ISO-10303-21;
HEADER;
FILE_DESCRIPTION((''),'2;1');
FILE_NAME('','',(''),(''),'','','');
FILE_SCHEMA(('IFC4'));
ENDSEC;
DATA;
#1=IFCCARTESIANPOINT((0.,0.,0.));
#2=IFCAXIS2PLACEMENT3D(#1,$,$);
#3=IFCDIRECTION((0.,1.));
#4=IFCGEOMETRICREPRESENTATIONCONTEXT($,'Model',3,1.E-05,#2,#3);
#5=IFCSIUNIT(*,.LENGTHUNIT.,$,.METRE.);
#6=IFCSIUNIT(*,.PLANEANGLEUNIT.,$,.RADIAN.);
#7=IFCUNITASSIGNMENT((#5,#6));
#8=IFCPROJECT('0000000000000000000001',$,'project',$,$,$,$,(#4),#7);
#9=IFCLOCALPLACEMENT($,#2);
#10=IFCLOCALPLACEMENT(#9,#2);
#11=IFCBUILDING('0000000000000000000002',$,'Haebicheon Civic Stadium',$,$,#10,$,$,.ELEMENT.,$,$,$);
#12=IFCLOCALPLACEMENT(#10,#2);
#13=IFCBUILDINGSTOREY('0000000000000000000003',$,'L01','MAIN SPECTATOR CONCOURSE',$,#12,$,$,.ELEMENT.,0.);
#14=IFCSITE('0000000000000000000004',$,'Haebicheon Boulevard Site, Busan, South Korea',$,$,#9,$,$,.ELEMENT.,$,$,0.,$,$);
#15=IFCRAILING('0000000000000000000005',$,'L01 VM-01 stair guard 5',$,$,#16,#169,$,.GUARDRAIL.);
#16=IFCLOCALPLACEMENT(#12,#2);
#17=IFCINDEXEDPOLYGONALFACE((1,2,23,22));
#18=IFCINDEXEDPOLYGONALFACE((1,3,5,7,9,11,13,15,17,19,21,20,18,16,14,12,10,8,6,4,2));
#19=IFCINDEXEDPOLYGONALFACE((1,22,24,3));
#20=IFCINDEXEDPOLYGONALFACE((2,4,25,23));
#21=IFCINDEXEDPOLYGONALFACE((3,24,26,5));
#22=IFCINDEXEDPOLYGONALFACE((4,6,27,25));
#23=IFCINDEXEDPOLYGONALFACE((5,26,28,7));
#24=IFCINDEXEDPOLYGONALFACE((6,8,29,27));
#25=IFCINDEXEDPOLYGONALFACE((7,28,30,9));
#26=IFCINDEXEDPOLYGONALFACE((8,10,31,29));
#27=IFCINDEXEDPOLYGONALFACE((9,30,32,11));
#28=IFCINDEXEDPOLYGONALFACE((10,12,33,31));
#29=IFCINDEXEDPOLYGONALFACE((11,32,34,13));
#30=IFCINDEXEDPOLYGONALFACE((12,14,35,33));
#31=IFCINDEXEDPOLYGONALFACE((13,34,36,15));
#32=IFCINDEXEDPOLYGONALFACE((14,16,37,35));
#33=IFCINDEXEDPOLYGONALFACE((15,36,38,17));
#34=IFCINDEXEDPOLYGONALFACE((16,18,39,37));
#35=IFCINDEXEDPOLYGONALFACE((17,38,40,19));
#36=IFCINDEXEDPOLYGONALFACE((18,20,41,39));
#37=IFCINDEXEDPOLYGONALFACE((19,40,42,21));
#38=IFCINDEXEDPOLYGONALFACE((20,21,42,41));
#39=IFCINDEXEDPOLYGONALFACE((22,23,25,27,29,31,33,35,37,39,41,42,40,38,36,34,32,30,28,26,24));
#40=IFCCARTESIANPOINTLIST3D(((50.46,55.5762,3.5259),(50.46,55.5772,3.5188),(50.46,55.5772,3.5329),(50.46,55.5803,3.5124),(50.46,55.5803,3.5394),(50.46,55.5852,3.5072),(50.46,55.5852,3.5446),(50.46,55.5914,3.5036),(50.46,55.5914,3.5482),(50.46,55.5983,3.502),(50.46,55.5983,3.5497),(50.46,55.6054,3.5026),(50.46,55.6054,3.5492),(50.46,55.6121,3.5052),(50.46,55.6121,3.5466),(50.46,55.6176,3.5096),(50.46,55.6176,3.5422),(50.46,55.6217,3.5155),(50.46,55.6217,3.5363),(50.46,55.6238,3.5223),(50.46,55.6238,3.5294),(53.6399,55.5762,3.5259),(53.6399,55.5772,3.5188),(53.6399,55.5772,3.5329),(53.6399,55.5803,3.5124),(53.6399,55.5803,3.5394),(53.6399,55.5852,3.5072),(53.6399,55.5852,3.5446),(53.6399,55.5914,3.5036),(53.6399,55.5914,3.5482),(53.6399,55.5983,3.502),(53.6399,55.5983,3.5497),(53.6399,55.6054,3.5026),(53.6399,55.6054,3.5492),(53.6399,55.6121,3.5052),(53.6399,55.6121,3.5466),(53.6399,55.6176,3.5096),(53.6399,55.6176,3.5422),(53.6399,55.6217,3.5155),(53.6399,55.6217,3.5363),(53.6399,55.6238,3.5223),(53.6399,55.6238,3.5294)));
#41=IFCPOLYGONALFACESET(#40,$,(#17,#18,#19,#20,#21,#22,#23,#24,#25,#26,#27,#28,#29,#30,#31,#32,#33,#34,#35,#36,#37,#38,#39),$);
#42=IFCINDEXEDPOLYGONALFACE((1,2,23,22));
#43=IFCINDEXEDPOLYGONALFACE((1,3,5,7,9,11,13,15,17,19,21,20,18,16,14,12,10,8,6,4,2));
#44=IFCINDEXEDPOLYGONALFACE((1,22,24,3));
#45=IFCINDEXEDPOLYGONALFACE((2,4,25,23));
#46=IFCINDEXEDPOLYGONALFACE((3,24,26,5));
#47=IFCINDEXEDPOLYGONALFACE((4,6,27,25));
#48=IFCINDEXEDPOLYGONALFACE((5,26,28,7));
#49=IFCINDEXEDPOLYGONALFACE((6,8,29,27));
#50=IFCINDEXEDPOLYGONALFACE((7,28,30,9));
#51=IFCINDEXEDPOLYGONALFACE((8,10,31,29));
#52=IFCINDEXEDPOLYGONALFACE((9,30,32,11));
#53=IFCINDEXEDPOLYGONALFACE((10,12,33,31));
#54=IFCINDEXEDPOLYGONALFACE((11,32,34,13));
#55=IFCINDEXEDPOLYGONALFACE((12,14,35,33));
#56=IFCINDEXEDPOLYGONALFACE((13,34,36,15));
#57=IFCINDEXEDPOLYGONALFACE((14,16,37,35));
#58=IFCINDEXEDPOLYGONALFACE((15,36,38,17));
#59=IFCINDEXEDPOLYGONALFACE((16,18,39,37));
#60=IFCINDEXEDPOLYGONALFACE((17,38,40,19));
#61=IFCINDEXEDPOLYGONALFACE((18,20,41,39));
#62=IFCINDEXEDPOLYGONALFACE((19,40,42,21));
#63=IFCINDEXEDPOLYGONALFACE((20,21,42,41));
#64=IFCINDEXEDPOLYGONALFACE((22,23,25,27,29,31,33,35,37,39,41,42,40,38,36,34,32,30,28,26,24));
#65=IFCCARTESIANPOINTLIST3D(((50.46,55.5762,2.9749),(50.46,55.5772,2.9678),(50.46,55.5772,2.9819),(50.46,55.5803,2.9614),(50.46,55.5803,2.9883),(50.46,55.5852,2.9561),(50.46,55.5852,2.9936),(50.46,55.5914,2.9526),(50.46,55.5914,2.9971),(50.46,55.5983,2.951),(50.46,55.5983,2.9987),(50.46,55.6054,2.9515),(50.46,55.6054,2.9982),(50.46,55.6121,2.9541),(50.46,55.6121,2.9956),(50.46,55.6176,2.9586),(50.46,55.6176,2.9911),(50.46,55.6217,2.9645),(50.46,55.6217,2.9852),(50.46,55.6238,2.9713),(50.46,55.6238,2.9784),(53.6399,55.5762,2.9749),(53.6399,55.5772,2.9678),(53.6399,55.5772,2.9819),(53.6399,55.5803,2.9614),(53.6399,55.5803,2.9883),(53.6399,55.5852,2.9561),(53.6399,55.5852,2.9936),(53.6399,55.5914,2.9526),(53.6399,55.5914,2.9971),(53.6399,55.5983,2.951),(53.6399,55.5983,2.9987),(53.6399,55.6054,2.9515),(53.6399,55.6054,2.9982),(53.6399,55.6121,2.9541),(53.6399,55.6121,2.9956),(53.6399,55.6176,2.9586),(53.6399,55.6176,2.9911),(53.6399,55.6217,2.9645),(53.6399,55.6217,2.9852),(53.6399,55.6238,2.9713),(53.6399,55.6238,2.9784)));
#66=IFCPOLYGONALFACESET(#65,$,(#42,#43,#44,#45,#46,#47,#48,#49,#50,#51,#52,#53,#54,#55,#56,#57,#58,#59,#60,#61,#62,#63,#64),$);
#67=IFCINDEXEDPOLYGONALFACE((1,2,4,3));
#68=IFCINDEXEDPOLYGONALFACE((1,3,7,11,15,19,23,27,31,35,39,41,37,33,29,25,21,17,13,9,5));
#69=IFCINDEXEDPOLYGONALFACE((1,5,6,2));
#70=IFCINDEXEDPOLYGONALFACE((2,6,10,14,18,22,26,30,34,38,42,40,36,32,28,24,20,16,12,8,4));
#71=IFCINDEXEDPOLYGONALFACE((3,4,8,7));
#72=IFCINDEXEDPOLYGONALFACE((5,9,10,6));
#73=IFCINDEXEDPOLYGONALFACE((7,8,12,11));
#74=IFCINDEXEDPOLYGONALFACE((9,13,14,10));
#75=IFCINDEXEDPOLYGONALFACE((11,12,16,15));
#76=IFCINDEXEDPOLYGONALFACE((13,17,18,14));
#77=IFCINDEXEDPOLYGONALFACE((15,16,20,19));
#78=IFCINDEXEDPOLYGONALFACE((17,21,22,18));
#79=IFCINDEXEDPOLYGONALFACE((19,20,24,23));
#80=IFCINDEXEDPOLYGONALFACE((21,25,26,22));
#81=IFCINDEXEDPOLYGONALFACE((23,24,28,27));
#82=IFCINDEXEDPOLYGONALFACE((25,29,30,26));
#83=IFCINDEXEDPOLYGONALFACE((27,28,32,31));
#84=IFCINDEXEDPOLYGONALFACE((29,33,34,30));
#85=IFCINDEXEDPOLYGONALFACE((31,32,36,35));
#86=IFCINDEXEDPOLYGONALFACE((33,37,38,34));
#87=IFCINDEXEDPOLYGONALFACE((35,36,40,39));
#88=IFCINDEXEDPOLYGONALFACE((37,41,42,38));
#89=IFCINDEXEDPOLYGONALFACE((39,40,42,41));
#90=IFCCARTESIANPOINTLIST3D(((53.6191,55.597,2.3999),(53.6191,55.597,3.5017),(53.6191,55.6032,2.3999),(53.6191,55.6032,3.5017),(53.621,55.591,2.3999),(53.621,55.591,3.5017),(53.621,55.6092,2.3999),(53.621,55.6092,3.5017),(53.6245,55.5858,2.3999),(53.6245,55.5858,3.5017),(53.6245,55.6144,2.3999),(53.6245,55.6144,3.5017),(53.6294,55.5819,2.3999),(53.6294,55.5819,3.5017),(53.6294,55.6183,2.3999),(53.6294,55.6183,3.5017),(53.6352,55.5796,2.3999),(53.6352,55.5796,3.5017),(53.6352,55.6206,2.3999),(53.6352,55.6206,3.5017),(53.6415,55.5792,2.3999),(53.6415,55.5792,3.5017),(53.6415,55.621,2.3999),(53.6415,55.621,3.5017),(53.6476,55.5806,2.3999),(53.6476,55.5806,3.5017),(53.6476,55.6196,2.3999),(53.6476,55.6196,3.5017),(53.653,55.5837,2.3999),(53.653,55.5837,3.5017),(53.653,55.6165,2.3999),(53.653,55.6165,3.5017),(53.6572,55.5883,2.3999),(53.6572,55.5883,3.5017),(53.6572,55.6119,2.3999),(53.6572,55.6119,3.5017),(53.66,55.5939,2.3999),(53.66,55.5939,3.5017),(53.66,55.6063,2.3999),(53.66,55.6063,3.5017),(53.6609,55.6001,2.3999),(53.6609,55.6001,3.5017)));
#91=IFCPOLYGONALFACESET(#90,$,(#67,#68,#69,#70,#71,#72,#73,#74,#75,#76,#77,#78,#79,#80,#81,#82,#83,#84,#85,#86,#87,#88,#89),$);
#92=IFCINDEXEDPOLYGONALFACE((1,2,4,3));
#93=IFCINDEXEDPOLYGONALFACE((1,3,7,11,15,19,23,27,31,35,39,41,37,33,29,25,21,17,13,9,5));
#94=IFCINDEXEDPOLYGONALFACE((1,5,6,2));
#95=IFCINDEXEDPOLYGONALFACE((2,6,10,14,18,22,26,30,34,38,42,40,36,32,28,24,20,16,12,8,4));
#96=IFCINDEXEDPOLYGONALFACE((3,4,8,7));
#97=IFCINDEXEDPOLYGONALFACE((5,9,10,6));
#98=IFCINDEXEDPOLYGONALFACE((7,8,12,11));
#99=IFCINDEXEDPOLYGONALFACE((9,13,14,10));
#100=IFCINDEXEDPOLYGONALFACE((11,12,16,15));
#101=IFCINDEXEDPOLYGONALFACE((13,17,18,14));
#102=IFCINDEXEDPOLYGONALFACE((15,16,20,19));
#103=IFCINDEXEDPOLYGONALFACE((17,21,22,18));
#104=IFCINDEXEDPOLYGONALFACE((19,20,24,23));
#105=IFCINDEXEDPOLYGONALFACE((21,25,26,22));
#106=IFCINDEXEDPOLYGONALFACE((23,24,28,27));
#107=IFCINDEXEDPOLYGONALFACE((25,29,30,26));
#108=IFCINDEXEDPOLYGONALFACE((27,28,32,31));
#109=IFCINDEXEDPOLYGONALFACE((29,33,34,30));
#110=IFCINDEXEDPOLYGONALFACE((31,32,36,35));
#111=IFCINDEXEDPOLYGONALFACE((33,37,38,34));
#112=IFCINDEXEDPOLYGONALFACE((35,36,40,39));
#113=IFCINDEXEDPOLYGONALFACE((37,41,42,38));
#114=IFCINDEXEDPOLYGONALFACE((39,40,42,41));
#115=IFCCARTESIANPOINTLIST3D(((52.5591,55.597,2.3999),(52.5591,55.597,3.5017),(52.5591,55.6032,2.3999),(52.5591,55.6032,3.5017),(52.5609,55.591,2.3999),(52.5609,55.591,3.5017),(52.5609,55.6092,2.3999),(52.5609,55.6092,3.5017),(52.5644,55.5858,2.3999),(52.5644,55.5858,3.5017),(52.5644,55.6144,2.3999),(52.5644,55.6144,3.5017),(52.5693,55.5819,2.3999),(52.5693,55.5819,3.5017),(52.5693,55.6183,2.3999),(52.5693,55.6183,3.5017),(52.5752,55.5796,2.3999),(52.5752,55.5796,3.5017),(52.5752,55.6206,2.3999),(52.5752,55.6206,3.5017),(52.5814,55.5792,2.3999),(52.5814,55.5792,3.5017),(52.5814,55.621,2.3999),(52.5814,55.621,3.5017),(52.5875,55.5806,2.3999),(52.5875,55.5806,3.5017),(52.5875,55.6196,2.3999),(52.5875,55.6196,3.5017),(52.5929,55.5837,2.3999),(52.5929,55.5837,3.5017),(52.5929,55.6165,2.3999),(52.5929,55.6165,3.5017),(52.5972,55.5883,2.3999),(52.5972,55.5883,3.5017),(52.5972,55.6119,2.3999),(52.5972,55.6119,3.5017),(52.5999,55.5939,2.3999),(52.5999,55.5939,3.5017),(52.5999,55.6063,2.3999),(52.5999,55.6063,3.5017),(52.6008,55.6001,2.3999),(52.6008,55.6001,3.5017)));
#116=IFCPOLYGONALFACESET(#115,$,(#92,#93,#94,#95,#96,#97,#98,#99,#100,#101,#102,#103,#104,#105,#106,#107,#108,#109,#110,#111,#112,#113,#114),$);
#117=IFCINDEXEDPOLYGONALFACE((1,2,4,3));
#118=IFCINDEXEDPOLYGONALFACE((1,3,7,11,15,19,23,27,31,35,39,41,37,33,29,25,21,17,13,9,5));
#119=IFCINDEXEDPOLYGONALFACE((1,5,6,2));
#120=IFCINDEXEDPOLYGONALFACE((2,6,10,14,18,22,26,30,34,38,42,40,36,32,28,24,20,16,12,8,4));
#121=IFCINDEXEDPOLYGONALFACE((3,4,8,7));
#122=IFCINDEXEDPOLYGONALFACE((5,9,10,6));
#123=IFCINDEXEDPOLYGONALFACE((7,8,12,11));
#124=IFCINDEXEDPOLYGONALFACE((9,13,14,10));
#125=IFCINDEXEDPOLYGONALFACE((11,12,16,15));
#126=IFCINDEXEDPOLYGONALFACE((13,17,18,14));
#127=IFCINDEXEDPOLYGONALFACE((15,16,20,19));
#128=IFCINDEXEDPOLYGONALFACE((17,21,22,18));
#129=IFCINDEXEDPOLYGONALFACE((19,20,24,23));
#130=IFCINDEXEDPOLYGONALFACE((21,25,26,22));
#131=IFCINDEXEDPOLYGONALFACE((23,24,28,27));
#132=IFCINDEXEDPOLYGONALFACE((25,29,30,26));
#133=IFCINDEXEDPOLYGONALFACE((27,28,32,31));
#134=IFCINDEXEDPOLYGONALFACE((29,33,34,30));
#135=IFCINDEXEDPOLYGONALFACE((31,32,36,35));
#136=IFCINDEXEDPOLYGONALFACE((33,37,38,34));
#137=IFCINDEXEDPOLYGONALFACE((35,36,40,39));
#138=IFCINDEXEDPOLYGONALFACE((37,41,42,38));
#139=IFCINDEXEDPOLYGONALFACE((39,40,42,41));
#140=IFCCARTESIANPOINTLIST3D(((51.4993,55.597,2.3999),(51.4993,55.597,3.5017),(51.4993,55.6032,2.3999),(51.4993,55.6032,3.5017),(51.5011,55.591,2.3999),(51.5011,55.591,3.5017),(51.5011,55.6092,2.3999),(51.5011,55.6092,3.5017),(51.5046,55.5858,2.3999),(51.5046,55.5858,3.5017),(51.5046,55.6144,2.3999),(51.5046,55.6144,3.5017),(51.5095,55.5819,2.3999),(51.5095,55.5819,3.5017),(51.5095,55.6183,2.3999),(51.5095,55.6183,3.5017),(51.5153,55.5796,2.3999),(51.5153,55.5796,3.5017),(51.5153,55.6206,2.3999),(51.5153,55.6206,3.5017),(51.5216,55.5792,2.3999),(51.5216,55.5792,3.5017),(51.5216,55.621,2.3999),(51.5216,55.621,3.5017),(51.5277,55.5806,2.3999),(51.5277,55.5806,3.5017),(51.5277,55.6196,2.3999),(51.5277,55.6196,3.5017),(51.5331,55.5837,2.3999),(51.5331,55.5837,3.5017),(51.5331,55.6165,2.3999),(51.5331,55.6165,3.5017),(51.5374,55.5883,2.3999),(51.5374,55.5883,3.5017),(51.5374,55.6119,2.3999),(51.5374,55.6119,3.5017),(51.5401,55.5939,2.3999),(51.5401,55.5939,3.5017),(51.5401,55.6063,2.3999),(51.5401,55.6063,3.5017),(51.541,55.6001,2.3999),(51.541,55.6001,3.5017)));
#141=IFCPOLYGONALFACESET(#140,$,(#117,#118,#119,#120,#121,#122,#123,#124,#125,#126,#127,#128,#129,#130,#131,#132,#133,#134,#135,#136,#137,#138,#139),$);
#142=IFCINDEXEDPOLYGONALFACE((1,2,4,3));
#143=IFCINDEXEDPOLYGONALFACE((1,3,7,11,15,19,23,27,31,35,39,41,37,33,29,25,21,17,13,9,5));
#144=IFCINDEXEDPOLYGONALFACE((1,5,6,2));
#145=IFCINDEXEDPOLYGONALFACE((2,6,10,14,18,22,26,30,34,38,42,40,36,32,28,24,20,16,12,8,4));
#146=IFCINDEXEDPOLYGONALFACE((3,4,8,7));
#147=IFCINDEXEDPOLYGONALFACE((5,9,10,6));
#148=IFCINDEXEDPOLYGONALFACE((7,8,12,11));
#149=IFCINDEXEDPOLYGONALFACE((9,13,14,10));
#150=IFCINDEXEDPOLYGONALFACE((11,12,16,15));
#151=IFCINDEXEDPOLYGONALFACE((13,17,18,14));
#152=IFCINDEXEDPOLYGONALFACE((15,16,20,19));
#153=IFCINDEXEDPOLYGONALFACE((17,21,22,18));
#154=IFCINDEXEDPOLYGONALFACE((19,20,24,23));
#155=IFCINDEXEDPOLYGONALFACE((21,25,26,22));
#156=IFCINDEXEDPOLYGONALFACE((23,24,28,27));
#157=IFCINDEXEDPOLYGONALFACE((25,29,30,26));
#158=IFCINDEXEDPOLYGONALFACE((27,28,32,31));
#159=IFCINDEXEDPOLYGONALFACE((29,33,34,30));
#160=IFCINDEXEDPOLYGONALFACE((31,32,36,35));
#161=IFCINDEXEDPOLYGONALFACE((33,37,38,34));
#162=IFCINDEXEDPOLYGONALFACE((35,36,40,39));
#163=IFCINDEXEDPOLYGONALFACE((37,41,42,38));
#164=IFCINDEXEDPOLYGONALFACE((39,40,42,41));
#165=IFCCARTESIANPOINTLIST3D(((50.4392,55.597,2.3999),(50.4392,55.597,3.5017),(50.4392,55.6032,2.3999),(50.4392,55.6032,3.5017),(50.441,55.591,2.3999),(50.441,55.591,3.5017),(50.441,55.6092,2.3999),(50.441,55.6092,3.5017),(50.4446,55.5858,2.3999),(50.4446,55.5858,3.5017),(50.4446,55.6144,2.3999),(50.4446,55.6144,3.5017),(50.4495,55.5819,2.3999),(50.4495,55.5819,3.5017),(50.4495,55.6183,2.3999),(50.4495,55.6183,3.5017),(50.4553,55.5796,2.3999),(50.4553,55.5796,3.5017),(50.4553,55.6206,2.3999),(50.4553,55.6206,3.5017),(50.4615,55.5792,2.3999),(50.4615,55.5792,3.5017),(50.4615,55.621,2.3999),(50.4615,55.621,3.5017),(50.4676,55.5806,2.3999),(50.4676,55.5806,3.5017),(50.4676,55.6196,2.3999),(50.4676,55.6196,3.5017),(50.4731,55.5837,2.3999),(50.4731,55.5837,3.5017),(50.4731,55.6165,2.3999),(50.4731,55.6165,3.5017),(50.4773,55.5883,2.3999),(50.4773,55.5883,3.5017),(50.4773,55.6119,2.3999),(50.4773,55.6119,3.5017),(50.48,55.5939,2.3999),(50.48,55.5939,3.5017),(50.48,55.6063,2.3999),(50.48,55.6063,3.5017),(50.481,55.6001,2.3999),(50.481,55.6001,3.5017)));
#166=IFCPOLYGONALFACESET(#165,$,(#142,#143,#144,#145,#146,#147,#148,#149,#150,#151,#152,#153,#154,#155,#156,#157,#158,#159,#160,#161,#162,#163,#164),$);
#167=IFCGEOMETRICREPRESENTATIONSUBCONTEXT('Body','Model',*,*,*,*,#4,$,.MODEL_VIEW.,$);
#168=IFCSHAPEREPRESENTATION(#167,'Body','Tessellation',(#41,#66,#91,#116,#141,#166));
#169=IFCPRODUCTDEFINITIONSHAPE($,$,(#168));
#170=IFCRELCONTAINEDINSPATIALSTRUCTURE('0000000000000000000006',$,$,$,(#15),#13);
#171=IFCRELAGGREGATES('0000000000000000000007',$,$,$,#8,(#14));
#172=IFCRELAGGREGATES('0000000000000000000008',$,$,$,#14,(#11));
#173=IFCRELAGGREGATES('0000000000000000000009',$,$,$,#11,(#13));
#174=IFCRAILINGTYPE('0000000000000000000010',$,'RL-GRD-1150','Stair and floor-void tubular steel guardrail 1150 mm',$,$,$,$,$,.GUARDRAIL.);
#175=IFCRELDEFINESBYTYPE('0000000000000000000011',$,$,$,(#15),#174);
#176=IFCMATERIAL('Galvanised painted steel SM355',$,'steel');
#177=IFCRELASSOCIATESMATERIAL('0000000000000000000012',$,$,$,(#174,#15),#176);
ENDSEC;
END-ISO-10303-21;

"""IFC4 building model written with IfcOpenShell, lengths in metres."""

from ifc_helpers import new_model, si_unit, direction, frame, origin, origin_2d, place, context, subcontext, project, spatial, circle, extrude, material, type_object, element, save


model = new_model("IFC4")

# Units and contexts
model_context = context("Model", 3, precision=1e-05, world=origin(), true_north=direction((0.0, 1.0)))
body_context = subcontext(model_context, "Body", "Model", "MODEL_VIEW")
ifc_project = project(units=[si_unit("LENGTHUNIT", "METRE"), si_unit("PLANEANGLEUNIT", "RADIAN")], contexts=[model_context])

# Site, building, storey
site_placement = place(None, origin())
site = spatial("IfcSite", under=ifc_project, at=site_placement, Name="Haebicheon Boulevard Site, Busan, South Korea", CompositionType="ELEMENT", RefElevation=0.0)
building_placement = place(site_placement, origin())
building = spatial("IfcBuilding", under=site, at=building_placement, Name="Haebicheon Civic Stadium", CompositionType="ELEMENT")
storey_placement = place(building_placement, origin())
storey = spatial("IfcBuildingStorey", under=building, at=storey_placement, Name="L01", Description="MAIN SPECTATOR CONCOURSE", CompositionType="ELEMENT", Elevation=0.0)

# Railing
ifc_material_1 = material(Name="Galvanised painted steel SM355", Category="steel")
railing_type = type_object("IfcRailingType", Name="RL-GRD-1150", Description="Stair and floor-void tubular steel guardrail 1150 mm", PredefinedType="GUARDRAIL", material=ifc_material_1)
railing_1_placement = place(storey_placement, frame((53.6399, 55.6001, 2.3999)))
element("IfcRailing", 1, at=railing_1_placement, inside=storey, type_object=railing_type, material=ifc_material_1, Name="L01 VM-01 stair guard 5", PredefinedType="GUARDRAIL", context=body_context, shape_type="SweptSolid", body=[
    extrude(circle(Radius=0.0239, at=origin_2d()), frame((0.0, 0.0, 1.126), z_axis=(-1.0, 0.0, 0.0), x_axis=(0.0, -1.0, 0.0)), (0.0, 0.0, 1.0), 3.1799),
    extrude(circle(Radius=0.0239, at=origin_2d()), frame((0.0, 0.0, 0.575), z_axis=(-1.0, 0.0, 0.0), x_axis=(0.0, -1.0, 0.0)), (0.0, 0.0, 1.0), 3.1799),
    extrude(circle(Radius=0.021, at=origin_2d()), origin(), (0.0, 0.0, 1.0), 1.1018),
    extrude(circle(Radius=0.021, at=origin_2d()), frame((-1.0601, 0.0, 0.0)), (0.0, 0.0, 1.0), 1.1018),
    extrude(circle(Radius=0.021, at=origin_2d()), frame((-2.1199, 0.0, 0.0)), (0.0, 0.0, 1.0), 1.1018),
    extrude(circle(Radius=0.021, at=origin_2d()), frame((-3.1799, 0.0, 0.0)), (0.0, 0.0, 1.0), 1.1018),
])

save(model, "model.ifc")
